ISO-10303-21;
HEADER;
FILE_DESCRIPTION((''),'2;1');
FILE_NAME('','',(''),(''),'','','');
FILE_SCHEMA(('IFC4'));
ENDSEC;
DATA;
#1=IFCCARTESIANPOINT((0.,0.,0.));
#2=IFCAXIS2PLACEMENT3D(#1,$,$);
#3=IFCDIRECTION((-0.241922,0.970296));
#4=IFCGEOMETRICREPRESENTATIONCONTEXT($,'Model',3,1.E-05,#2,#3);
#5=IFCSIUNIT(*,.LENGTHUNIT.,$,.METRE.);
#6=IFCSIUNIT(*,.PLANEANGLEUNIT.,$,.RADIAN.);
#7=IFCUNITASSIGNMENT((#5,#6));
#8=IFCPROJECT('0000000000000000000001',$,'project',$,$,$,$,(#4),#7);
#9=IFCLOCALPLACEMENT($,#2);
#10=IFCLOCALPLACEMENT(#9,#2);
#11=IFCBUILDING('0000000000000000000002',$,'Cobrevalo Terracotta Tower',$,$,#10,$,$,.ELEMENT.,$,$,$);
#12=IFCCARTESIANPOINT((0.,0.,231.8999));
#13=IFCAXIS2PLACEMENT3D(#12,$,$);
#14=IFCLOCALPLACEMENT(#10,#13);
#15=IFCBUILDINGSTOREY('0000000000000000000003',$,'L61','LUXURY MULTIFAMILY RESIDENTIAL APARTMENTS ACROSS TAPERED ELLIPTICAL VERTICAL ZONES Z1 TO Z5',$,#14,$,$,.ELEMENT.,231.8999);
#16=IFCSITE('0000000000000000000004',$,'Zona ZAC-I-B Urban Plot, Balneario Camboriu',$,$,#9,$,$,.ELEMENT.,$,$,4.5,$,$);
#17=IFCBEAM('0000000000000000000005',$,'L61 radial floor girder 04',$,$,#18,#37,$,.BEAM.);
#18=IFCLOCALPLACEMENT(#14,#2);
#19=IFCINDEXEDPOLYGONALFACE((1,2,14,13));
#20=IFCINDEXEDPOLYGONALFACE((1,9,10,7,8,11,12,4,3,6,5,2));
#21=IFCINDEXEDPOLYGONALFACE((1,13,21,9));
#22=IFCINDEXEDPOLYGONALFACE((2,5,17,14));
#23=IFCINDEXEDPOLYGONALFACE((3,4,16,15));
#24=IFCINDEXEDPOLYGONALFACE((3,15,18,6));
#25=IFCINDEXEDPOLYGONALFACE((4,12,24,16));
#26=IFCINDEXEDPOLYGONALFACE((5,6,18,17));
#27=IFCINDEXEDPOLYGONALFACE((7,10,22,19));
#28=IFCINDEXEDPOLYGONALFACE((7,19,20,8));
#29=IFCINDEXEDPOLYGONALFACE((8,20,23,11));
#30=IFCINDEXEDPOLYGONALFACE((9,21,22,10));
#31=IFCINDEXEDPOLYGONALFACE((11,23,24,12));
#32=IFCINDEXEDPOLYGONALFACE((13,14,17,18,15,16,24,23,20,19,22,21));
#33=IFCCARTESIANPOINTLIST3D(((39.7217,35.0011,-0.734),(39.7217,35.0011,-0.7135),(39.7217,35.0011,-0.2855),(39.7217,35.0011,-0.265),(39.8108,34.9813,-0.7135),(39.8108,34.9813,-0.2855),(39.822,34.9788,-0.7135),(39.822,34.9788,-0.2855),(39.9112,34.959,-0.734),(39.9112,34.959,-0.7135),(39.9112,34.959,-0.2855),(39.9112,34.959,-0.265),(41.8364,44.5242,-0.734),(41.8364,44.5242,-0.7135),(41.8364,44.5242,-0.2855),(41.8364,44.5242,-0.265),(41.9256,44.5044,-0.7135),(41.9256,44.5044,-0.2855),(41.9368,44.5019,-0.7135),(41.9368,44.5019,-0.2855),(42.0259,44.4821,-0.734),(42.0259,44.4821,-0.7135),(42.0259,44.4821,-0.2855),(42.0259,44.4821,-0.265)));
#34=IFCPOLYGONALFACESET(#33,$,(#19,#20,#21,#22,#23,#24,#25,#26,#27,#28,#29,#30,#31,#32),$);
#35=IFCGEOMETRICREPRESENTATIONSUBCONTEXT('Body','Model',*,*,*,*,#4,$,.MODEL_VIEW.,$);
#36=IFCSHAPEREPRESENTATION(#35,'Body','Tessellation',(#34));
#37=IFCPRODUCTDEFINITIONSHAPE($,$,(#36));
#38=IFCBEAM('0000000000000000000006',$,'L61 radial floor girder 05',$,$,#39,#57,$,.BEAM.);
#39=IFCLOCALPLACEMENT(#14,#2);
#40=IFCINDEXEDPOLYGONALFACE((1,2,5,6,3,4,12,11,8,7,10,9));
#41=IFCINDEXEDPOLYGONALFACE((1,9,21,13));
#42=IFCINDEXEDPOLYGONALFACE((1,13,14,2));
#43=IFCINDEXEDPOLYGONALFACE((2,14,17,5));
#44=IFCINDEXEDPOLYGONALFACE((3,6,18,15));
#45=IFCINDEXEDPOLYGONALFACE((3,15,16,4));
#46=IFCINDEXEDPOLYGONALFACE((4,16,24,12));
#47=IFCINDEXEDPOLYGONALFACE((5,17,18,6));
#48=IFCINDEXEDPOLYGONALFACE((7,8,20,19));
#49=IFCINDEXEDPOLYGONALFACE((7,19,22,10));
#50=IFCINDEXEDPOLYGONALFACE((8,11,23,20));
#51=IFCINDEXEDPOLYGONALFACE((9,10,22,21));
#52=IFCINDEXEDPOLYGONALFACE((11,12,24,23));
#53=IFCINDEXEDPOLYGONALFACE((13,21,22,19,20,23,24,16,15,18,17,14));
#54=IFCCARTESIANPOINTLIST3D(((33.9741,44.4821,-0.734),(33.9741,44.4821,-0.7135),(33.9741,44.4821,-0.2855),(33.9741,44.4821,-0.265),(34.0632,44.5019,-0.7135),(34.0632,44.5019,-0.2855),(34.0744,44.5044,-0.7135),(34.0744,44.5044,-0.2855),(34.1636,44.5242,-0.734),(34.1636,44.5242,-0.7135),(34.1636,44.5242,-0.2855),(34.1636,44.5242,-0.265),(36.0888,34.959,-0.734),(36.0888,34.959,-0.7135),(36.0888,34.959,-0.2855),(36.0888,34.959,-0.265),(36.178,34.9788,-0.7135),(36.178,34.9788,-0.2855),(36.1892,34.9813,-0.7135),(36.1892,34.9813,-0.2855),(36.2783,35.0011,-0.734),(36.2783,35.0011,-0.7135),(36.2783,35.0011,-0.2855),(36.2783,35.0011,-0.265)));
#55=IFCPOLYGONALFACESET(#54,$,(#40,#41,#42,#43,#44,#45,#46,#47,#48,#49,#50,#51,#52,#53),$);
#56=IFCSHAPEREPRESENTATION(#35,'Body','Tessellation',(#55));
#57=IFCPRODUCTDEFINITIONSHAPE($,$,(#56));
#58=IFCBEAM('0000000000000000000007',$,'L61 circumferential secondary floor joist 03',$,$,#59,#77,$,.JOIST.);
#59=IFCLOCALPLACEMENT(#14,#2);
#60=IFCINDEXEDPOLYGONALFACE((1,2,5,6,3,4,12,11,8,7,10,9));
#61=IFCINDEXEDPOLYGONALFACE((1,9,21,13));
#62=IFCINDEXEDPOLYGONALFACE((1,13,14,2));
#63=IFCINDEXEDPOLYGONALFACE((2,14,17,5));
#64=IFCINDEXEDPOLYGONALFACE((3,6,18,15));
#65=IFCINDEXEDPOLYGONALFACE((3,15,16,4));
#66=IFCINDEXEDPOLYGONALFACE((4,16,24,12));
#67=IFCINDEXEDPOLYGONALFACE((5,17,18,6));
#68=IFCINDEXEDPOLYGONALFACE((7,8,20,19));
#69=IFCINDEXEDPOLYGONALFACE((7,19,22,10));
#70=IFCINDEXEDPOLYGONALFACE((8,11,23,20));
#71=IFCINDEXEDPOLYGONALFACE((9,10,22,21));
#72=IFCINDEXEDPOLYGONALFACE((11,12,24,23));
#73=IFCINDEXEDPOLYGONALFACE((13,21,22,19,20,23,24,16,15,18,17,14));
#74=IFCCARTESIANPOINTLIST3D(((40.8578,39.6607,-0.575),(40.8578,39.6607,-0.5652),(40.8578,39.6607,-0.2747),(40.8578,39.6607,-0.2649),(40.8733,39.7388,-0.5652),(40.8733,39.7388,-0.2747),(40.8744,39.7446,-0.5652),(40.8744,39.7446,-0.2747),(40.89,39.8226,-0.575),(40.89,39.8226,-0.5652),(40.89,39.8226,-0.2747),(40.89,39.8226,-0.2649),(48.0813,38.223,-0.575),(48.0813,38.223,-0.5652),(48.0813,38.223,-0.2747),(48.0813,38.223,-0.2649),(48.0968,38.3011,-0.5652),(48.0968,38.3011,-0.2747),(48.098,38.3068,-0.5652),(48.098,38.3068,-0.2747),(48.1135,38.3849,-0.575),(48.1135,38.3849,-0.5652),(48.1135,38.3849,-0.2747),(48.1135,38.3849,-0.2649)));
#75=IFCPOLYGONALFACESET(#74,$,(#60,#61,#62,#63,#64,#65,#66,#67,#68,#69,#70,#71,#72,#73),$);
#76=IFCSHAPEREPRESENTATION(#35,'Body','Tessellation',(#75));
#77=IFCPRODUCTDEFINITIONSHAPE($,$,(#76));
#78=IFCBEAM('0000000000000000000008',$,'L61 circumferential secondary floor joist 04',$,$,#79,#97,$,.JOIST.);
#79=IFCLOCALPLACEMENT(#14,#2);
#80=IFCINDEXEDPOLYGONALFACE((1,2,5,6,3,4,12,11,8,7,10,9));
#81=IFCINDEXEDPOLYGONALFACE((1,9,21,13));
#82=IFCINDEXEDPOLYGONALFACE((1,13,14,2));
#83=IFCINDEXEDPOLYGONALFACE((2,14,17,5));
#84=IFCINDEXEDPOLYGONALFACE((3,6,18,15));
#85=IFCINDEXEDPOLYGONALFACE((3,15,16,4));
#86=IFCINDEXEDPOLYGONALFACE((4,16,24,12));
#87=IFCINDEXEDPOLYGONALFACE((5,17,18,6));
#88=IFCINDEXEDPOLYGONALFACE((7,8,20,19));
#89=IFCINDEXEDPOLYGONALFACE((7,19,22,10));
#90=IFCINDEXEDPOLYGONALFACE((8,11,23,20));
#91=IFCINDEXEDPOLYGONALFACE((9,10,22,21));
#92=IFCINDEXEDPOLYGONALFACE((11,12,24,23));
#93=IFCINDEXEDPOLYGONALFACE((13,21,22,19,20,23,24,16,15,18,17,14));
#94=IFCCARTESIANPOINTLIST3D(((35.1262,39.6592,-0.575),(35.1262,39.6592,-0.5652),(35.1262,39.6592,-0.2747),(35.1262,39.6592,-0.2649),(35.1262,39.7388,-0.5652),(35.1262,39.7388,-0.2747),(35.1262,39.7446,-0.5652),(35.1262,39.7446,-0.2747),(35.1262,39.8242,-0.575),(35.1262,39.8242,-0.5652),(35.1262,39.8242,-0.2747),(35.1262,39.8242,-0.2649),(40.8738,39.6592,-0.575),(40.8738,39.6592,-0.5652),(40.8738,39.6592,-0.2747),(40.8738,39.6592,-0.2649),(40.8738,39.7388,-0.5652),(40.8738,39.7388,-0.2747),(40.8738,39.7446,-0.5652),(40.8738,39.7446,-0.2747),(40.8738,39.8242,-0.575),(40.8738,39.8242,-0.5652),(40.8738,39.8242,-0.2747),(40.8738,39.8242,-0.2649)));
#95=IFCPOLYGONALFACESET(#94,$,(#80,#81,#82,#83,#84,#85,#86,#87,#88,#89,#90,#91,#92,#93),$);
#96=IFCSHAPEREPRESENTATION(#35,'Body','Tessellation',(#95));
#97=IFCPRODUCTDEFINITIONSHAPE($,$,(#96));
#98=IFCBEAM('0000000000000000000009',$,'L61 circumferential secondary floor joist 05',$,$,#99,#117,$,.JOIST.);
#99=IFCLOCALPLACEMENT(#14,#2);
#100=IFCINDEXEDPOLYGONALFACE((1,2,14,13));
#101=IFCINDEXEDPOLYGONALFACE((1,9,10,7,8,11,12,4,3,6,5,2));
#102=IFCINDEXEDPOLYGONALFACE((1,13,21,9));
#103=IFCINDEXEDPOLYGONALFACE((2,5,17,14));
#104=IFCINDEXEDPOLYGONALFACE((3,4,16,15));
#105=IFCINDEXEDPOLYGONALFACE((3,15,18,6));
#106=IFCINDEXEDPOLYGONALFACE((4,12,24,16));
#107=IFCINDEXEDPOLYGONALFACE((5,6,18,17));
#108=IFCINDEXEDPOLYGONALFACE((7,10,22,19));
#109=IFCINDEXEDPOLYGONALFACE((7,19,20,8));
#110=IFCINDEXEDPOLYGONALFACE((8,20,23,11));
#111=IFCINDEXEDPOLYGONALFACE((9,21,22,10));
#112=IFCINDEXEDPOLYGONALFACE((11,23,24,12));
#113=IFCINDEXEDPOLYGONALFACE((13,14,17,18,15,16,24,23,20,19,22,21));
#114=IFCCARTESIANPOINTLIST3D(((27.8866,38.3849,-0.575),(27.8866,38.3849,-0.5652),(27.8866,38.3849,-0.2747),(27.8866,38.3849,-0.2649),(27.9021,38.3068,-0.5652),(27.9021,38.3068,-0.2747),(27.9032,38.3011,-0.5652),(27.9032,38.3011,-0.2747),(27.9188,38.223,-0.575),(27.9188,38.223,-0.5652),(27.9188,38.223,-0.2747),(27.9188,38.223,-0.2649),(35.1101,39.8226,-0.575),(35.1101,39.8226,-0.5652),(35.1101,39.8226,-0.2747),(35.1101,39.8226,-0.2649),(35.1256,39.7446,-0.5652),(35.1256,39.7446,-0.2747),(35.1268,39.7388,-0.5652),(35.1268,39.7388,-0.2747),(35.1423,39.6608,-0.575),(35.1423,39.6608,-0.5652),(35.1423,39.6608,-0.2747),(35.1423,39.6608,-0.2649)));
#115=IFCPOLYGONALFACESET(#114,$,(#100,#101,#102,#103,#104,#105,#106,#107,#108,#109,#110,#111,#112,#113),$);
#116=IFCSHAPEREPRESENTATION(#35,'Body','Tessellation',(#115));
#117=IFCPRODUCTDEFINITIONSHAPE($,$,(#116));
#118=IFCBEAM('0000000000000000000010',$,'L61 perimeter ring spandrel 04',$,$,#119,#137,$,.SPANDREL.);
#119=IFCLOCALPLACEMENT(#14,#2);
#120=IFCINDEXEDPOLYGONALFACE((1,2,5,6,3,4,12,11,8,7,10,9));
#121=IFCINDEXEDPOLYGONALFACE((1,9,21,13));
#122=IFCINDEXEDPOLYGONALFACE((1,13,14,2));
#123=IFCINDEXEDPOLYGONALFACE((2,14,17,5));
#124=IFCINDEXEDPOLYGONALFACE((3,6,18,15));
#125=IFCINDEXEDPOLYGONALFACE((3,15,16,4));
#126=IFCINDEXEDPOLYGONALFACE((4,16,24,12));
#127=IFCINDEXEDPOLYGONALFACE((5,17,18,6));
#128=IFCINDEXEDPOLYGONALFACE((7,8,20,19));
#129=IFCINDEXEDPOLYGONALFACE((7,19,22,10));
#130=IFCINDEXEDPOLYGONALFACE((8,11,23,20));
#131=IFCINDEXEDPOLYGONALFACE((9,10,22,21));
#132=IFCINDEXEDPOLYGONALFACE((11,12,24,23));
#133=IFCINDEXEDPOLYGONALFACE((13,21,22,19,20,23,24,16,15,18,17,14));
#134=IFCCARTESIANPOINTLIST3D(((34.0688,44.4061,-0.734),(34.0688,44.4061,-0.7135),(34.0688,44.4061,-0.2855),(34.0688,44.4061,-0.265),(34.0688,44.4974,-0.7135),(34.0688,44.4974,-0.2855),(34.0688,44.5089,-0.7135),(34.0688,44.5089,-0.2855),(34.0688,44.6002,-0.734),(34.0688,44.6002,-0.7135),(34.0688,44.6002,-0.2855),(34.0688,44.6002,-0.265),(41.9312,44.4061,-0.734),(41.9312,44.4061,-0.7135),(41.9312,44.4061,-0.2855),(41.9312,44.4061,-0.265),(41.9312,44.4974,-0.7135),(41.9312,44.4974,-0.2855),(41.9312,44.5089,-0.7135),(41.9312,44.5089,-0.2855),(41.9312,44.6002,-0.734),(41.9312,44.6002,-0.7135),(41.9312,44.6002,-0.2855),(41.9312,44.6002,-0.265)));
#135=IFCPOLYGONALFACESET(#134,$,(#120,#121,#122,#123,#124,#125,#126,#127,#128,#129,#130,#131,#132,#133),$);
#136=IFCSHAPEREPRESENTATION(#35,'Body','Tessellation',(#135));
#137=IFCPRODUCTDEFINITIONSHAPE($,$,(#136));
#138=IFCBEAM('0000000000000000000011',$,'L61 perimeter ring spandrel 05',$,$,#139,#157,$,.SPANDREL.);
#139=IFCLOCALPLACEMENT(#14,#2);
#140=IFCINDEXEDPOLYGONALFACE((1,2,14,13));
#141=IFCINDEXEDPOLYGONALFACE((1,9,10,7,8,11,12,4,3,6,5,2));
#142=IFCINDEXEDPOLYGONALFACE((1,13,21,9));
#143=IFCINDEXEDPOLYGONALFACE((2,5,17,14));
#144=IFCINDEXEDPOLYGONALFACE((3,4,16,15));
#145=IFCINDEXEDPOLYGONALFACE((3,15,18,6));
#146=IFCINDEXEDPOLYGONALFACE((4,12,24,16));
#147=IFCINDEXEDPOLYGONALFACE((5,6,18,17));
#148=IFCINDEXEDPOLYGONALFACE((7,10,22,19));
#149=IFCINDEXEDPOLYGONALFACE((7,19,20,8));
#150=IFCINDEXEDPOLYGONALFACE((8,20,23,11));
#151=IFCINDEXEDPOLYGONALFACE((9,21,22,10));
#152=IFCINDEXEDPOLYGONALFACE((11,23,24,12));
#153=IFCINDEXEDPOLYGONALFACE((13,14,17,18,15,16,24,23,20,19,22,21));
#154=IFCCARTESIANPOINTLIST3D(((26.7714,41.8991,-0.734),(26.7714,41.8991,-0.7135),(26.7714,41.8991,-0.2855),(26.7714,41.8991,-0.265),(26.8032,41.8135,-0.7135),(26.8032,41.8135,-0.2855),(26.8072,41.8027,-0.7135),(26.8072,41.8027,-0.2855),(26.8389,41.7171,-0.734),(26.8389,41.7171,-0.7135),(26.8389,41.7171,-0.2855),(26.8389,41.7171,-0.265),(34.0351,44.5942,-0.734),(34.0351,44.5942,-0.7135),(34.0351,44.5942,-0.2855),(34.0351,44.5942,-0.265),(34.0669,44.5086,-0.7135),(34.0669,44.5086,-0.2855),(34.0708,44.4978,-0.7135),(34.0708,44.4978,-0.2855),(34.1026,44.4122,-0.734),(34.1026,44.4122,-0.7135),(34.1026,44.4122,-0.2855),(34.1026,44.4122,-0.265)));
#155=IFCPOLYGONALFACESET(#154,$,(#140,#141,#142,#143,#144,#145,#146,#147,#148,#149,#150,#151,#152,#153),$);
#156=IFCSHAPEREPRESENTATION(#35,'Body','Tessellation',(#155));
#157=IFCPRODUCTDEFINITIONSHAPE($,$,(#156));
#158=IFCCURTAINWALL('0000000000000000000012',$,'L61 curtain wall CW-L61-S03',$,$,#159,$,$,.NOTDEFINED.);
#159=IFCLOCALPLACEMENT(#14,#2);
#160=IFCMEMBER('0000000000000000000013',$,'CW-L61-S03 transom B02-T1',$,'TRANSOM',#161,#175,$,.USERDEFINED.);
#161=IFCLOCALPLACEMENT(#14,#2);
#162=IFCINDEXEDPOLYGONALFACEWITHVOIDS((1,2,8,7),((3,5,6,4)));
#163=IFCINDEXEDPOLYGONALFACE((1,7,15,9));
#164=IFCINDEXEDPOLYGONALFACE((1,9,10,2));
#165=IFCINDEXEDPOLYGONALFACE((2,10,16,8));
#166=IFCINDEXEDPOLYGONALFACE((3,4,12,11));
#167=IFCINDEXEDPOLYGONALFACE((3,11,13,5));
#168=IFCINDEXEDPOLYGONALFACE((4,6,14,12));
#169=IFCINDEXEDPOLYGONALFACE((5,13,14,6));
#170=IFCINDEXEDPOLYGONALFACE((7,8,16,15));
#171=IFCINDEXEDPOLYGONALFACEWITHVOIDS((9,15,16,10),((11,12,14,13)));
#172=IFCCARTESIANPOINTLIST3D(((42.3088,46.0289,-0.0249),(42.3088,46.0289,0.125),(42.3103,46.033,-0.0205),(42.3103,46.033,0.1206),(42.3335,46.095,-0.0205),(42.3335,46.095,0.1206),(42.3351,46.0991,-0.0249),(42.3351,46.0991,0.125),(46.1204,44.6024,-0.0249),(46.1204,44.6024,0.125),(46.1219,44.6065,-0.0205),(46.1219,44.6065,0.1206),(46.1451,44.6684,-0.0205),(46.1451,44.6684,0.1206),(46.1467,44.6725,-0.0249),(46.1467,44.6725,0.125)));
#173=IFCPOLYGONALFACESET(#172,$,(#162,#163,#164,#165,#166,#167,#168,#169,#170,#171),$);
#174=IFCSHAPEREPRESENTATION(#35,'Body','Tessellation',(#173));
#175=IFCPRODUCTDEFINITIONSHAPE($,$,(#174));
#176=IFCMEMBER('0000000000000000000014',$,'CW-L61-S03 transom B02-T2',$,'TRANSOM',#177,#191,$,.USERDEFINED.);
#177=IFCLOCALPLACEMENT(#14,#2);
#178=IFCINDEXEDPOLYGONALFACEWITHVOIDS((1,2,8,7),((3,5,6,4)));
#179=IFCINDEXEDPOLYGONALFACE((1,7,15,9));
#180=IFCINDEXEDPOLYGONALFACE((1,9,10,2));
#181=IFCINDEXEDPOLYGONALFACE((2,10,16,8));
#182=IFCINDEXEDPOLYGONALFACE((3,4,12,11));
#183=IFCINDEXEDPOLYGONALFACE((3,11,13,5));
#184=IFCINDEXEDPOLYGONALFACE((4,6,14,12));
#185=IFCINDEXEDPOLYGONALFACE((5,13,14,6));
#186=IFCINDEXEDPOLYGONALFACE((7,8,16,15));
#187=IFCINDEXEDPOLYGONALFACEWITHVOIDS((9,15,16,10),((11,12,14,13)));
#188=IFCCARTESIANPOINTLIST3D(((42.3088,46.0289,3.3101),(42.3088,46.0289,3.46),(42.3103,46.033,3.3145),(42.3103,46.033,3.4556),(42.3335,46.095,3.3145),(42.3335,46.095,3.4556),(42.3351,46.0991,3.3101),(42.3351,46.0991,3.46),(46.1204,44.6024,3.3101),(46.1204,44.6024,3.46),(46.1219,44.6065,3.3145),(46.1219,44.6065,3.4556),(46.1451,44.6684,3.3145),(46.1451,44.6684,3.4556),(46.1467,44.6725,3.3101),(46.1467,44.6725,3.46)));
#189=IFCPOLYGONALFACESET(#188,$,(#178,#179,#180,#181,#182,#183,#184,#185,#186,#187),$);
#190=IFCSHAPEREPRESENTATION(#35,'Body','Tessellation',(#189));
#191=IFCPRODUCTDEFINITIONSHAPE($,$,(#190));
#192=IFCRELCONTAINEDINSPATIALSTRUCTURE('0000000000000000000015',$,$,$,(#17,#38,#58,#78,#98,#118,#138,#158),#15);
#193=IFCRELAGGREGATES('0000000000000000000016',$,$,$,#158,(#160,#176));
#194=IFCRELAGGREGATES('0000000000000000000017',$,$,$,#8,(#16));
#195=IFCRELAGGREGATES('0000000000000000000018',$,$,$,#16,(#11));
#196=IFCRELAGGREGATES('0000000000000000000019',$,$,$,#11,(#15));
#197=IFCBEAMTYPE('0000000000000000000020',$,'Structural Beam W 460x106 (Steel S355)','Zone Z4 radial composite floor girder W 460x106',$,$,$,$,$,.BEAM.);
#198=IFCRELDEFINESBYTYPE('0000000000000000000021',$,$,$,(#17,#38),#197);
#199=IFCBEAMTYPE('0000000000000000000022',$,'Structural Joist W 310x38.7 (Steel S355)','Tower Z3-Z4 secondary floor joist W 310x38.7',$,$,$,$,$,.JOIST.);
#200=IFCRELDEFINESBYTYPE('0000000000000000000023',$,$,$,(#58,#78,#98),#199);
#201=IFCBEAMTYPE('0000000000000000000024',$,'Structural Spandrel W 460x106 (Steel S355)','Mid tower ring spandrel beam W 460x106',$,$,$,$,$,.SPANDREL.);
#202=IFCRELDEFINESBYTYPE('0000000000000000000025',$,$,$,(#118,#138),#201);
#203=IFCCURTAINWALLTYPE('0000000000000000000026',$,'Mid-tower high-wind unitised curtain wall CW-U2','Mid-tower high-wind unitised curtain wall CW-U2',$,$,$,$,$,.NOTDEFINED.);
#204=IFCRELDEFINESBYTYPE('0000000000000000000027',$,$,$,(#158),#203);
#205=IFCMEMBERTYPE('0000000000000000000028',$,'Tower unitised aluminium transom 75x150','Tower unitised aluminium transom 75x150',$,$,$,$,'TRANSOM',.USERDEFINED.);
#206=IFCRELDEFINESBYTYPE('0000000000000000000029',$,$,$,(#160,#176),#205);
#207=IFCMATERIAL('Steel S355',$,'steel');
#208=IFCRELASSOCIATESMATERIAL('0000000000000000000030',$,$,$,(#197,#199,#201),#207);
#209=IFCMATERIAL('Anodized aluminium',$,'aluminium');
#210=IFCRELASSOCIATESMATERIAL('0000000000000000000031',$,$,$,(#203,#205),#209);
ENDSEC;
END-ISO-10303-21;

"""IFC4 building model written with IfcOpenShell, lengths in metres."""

from ifc_helpers import new_model, si_unit, direction, frame, origin, origin_2d, place, context, subcontext, project, spatial, hollow_rectangle, i_section, extrude, source, transform, mapped, material, material_profile, profile_set, type_object, element, aggregate, save


model = new_model("IFC4")

# Units and contexts
model_context = context("Model", 3, precision=1e-05, world=origin(), true_north=direction((-0.241922, 0.970296)))
body_context = subcontext(model_context, "Body", "Model", "MODEL_VIEW")
ifc_project = project(units=[si_unit("LENGTHUNIT", "METRE"), si_unit("PLANEANGLEUNIT", "RADIAN")], contexts=[model_context])

# Site, building, storey
site_placement = place(None, origin())
site = spatial("IfcSite", under=ifc_project, at=site_placement, Name="Zona ZAC-I-B Urban Plot, Balneario Camboriu", CompositionType="ELEMENT", RefElevation=4.5)
building_placement = place(site_placement, origin())
building = spatial("IfcBuilding", under=site, at=building_placement, Name="Cobrevalo Terracotta Tower", CompositionType="ELEMENT")
storey_placement = place(building_placement, frame((0.0, 0.0, 231.8999)))
storey = spatial("IfcBuildingStorey", under=building, at=storey_placement, Name="L61", Description="LUXURY MULTIFAMILY RESIDENTIAL APARTMENTS ACROSS TAPERED ELLIPTICAL VERTICAL ZONES Z1 TO Z5", CompositionType="ELEMENT", Elevation=231.8999)

# Shared definitions
ifc_material_1 = material(Name="Steel S355", Category="steel")

# Beams
ifc_material_profile_1 = material_profile(ifc_material_1, i_section(OverallWidth=0.1941, OverallDepth=0.469, WebThickness=0.0115, FlangeThickness=0.0205, at=origin_2d()), Name="W 460x106")
ifc_profile_set_1 = profile_set([ifc_material_profile_1], Name="Steel S355")
beam_type_1 = type_object("IfcBeamType", Name="Structural Beam W 460x106 (Steel S355)", Description="Zone Z4 radial composite floor girder W 460x106", PredefinedType="BEAM", material=ifc_profile_set_1)
for number, where, z_axis, x_axis, name in (
    (1, (41.9312, 44.5032, -0.4995), (-0.216782, -0.97622, 0.0), (0.97622, -0.216782, 0.0), "L61 radial floor girder 04"),
    (2, (34.0688, 44.5032, -0.4995), (0.216782, -0.97622, 0.0), (0.97622, 0.216782, 0.0), "L61 radial floor girder 05"),
):
    element("IfcBeam", number, at=place(storey_placement, frame(where, z_axis=z_axis, x_axis=x_axis)), inside=storey, type_object=beam_type_1, Name=name, PredefinedType="BEAM", context=body_context, shape_type="SweptSolid", body=[
        extrude(i_section(OverallWidth=0.1941, OverallDepth=0.469, WebThickness=0.0115, FlangeThickness=0.0205, at=origin_2d()), origin(), (0.0, 0.0, 1.0), 9.7551),
    ])
ifc_material_profile_2 = material_profile(ifc_material_1, i_section(OverallWidth=0.165, OverallDepth=0.3101, WebThickness=0.0059, FlangeThickness=0.0098, at=origin_2d()), Name="W 310x38.7")
ifc_profile_set_2 = profile_set([ifc_material_profile_2], Name="Steel S355")
beam_type_2 = type_object("IfcBeamType", Name="Structural Joist W 310x38.7 (Steel S355)", Description="Tower Z3-Z4 secondary floor joist W 310x38.7", PredefinedType="JOIST", material=ifc_profile_set_2)
beam_1_placement = place(storey_placement, frame((48.0974, 38.304, -0.4199), z_axis=(-0.980763, 0.195204, 0.0), x_axis=(-0.195204, -0.980763, 0.0)))
element("IfcBeam", 3, at=beam_1_placement, inside=storey, type_object=beam_type_2, Name="L61 circumferential secondary floor joist 03", PredefinedType="JOIST", context=body_context, shape_type="SweptSolid", body=[
    extrude(i_section(OverallWidth=0.165, OverallDepth=0.3101, WebThickness=0.0059, FlangeThickness=0.0098, at=origin_2d()), origin(), (0.0, 0.0, 1.0), 7.3652),
])
beam_2_placement = place(storey_placement, frame((40.8738, 39.7417, -0.4199), z_axis=(-1.0, 0.0, 0.0), x_axis=(0.0, -1.0, 0.0)))
element("IfcBeam", 4, at=beam_2_placement, inside=storey, type_object=beam_type_2, Name="L61 circumferential secondary floor joist 04", PredefinedType="JOIST", context=body_context, shape_type="SweptSolid", body=[
    extrude(i_section(OverallWidth=0.165, OverallDepth=0.3101, WebThickness=0.0059, FlangeThickness=0.0098, at=origin_2d()), origin(), (0.0, 0.0, 1.0), 5.7476),
])
beam_3_placement = place(storey_placement, frame((35.1262, 39.7417, -0.4199), z_axis=(-0.980763, -0.195204, 0.0), x_axis=(0.195204, -0.980763, 0.0)))
element("IfcBeam", 5, at=beam_3_placement, inside=storey, type_object=beam_type_2, Name="L61 circumferential secondary floor joist 05", PredefinedType="JOIST", context=body_context, shape_type="SweptSolid", body=[
    extrude(i_section(OverallWidth=0.165, OverallDepth=0.3101, WebThickness=0.0059, FlangeThickness=0.0098, at=origin_2d()), origin(), (0.0, 0.0, 1.0), 7.3652),
])
ifc_material_profile_3 = material_profile(ifc_material_1, i_section(OverallWidth=0.1941, OverallDepth=0.469, WebThickness=0.0115, FlangeThickness=0.0205, at=origin_2d()), Name="W 460x106")
ifc_profile_set_3 = profile_set([ifc_material_profile_3], Name="Steel S355")
beam_type_3 = type_object("IfcBeamType", Name="Structural Spandrel W 460x106 (Steel S355)", Description="Mid tower ring spandrel beam W 460x106", PredefinedType="SPANDREL", material=ifc_profile_set_3)
beam_4_placement = place(storey_placement, frame((41.9312, 44.5032, -0.4995), z_axis=(-1.0, 0.0, 0.0), x_axis=(0.0, -1.0, 0.0)))
element("IfcBeam", 6, at=beam_4_placement, inside=storey, type_object=beam_type_3, Name="L61 perimeter ring spandrel 04", PredefinedType="SPANDREL", context=body_context, shape_type="SweptSolid", body=[
    extrude(i_section(OverallWidth=0.1941, OverallDepth=0.469, WebThickness=0.0115, FlangeThickness=0.0205, at=origin_2d()), origin(), (0.0, 0.0, 1.0), 7.8623),
])
beam_5_placement = place(storey_placement, frame((34.0688, 44.5032, -0.4995), z_axis=(-0.937546, -0.347861, 0.0), x_axis=(0.347861, -0.937546, 0.0)))
element("IfcBeam", 7, at=beam_5_placement, inside=storey, type_object=beam_type_3, Name="L61 perimeter ring spandrel 05", PredefinedType="SPANDREL", context=body_context, shape_type="SweptSolid", body=[
    extrude(i_section(OverallWidth=0.1941, OverallDepth=0.469, WebThickness=0.0115, FlangeThickness=0.0205, at=origin_2d()), origin(), (0.0, 0.0, 1.0), 7.7476),
])

# Curtain wall, members
ifc_material_2 = material(Name="Anodized aluminium", Category="aluminium")
curtain_wall_type = type_object("IfcCurtainWallType", Name="Mid-tower high-wind unitised curtain wall CW-U2", Description="Mid-tower high-wind unitised curtain wall CW-U2", PredefinedType="NOTDEFINED", material=ifc_material_2)
curtain_wall_placement = place(storey_placement, origin())
curtain_wall = element("IfcCurtainWall", 8, at=curtain_wall_placement, inside=storey, type_object=curtain_wall_type, Name="L61 curtain wall CW-L61-S03", PredefinedType="NOTDEFINED")
ifc_material_profile_4 = material_profile(ifc_material_2, hollow_rectangle(XDim=0.075, YDim=0.1499, WallThickness=0.0044, at=origin_2d()), Name="CWT 75x150")
ifc_profile_set_4 = profile_set([ifc_material_profile_4], Name="Anodized aluminium")
member_type_1 = type_object("IfcMemberType", Name="Tower unitised aluminium transom 75x150", Description="Tower unitised aluminium transom 75x150", ElementType="TRANSOM", PredefinedType="USERDEFINED", material=ifc_profile_set_4)
shared_shape_1 = source(origin(), body_context, "Body", "SweptSolid", [
    extrude(hollow_rectangle(XDim=0.075, YDim=0.1499, WallThickness=0.0044, at=origin_2d()), origin(), (0.0, 0.0, 1.0), 4.0698),
])
member_1_placement = place(storey_placement, frame((46.1335, 44.6375, 0.05), z_axis=(-0.936556, 0.350519, 0.0), x_axis=(-0.350519, -0.936556, 0.0)))
member_1 = element("IfcMember", 9, at=member_1_placement, type_object=member_type_1, Name="CW-L61-S03 transom B02-T1", ObjectType="TRANSOM", PredefinedType="USERDEFINED", context=body_context, shape_type="MappedRepresentation", body=[
    mapped(shared_shape_1, transform((0.0, 0.0, 0.0), scale=1.0)),
])
member_2_placement = place(storey_placement, frame((46.1335, 44.6375, 3.385), z_axis=(-0.936556, 0.350519, 0.0), x_axis=(-0.350519, -0.936556, 0.0)))
member_2 = element("IfcMember", 10, at=member_2_placement, type_object=member_type_1, Name="CW-L61-S03 transom B02-T2", ObjectType="TRANSOM", PredefinedType="USERDEFINED", context=body_context, shape_type="MappedRepresentation", body=[
    mapped(shared_shape_1, transform((0.0, 0.0, 0.0), scale=1.0)),
])
aggregate(curtain_wall, [member_1, member_2])

save(model, "model.ifc")
